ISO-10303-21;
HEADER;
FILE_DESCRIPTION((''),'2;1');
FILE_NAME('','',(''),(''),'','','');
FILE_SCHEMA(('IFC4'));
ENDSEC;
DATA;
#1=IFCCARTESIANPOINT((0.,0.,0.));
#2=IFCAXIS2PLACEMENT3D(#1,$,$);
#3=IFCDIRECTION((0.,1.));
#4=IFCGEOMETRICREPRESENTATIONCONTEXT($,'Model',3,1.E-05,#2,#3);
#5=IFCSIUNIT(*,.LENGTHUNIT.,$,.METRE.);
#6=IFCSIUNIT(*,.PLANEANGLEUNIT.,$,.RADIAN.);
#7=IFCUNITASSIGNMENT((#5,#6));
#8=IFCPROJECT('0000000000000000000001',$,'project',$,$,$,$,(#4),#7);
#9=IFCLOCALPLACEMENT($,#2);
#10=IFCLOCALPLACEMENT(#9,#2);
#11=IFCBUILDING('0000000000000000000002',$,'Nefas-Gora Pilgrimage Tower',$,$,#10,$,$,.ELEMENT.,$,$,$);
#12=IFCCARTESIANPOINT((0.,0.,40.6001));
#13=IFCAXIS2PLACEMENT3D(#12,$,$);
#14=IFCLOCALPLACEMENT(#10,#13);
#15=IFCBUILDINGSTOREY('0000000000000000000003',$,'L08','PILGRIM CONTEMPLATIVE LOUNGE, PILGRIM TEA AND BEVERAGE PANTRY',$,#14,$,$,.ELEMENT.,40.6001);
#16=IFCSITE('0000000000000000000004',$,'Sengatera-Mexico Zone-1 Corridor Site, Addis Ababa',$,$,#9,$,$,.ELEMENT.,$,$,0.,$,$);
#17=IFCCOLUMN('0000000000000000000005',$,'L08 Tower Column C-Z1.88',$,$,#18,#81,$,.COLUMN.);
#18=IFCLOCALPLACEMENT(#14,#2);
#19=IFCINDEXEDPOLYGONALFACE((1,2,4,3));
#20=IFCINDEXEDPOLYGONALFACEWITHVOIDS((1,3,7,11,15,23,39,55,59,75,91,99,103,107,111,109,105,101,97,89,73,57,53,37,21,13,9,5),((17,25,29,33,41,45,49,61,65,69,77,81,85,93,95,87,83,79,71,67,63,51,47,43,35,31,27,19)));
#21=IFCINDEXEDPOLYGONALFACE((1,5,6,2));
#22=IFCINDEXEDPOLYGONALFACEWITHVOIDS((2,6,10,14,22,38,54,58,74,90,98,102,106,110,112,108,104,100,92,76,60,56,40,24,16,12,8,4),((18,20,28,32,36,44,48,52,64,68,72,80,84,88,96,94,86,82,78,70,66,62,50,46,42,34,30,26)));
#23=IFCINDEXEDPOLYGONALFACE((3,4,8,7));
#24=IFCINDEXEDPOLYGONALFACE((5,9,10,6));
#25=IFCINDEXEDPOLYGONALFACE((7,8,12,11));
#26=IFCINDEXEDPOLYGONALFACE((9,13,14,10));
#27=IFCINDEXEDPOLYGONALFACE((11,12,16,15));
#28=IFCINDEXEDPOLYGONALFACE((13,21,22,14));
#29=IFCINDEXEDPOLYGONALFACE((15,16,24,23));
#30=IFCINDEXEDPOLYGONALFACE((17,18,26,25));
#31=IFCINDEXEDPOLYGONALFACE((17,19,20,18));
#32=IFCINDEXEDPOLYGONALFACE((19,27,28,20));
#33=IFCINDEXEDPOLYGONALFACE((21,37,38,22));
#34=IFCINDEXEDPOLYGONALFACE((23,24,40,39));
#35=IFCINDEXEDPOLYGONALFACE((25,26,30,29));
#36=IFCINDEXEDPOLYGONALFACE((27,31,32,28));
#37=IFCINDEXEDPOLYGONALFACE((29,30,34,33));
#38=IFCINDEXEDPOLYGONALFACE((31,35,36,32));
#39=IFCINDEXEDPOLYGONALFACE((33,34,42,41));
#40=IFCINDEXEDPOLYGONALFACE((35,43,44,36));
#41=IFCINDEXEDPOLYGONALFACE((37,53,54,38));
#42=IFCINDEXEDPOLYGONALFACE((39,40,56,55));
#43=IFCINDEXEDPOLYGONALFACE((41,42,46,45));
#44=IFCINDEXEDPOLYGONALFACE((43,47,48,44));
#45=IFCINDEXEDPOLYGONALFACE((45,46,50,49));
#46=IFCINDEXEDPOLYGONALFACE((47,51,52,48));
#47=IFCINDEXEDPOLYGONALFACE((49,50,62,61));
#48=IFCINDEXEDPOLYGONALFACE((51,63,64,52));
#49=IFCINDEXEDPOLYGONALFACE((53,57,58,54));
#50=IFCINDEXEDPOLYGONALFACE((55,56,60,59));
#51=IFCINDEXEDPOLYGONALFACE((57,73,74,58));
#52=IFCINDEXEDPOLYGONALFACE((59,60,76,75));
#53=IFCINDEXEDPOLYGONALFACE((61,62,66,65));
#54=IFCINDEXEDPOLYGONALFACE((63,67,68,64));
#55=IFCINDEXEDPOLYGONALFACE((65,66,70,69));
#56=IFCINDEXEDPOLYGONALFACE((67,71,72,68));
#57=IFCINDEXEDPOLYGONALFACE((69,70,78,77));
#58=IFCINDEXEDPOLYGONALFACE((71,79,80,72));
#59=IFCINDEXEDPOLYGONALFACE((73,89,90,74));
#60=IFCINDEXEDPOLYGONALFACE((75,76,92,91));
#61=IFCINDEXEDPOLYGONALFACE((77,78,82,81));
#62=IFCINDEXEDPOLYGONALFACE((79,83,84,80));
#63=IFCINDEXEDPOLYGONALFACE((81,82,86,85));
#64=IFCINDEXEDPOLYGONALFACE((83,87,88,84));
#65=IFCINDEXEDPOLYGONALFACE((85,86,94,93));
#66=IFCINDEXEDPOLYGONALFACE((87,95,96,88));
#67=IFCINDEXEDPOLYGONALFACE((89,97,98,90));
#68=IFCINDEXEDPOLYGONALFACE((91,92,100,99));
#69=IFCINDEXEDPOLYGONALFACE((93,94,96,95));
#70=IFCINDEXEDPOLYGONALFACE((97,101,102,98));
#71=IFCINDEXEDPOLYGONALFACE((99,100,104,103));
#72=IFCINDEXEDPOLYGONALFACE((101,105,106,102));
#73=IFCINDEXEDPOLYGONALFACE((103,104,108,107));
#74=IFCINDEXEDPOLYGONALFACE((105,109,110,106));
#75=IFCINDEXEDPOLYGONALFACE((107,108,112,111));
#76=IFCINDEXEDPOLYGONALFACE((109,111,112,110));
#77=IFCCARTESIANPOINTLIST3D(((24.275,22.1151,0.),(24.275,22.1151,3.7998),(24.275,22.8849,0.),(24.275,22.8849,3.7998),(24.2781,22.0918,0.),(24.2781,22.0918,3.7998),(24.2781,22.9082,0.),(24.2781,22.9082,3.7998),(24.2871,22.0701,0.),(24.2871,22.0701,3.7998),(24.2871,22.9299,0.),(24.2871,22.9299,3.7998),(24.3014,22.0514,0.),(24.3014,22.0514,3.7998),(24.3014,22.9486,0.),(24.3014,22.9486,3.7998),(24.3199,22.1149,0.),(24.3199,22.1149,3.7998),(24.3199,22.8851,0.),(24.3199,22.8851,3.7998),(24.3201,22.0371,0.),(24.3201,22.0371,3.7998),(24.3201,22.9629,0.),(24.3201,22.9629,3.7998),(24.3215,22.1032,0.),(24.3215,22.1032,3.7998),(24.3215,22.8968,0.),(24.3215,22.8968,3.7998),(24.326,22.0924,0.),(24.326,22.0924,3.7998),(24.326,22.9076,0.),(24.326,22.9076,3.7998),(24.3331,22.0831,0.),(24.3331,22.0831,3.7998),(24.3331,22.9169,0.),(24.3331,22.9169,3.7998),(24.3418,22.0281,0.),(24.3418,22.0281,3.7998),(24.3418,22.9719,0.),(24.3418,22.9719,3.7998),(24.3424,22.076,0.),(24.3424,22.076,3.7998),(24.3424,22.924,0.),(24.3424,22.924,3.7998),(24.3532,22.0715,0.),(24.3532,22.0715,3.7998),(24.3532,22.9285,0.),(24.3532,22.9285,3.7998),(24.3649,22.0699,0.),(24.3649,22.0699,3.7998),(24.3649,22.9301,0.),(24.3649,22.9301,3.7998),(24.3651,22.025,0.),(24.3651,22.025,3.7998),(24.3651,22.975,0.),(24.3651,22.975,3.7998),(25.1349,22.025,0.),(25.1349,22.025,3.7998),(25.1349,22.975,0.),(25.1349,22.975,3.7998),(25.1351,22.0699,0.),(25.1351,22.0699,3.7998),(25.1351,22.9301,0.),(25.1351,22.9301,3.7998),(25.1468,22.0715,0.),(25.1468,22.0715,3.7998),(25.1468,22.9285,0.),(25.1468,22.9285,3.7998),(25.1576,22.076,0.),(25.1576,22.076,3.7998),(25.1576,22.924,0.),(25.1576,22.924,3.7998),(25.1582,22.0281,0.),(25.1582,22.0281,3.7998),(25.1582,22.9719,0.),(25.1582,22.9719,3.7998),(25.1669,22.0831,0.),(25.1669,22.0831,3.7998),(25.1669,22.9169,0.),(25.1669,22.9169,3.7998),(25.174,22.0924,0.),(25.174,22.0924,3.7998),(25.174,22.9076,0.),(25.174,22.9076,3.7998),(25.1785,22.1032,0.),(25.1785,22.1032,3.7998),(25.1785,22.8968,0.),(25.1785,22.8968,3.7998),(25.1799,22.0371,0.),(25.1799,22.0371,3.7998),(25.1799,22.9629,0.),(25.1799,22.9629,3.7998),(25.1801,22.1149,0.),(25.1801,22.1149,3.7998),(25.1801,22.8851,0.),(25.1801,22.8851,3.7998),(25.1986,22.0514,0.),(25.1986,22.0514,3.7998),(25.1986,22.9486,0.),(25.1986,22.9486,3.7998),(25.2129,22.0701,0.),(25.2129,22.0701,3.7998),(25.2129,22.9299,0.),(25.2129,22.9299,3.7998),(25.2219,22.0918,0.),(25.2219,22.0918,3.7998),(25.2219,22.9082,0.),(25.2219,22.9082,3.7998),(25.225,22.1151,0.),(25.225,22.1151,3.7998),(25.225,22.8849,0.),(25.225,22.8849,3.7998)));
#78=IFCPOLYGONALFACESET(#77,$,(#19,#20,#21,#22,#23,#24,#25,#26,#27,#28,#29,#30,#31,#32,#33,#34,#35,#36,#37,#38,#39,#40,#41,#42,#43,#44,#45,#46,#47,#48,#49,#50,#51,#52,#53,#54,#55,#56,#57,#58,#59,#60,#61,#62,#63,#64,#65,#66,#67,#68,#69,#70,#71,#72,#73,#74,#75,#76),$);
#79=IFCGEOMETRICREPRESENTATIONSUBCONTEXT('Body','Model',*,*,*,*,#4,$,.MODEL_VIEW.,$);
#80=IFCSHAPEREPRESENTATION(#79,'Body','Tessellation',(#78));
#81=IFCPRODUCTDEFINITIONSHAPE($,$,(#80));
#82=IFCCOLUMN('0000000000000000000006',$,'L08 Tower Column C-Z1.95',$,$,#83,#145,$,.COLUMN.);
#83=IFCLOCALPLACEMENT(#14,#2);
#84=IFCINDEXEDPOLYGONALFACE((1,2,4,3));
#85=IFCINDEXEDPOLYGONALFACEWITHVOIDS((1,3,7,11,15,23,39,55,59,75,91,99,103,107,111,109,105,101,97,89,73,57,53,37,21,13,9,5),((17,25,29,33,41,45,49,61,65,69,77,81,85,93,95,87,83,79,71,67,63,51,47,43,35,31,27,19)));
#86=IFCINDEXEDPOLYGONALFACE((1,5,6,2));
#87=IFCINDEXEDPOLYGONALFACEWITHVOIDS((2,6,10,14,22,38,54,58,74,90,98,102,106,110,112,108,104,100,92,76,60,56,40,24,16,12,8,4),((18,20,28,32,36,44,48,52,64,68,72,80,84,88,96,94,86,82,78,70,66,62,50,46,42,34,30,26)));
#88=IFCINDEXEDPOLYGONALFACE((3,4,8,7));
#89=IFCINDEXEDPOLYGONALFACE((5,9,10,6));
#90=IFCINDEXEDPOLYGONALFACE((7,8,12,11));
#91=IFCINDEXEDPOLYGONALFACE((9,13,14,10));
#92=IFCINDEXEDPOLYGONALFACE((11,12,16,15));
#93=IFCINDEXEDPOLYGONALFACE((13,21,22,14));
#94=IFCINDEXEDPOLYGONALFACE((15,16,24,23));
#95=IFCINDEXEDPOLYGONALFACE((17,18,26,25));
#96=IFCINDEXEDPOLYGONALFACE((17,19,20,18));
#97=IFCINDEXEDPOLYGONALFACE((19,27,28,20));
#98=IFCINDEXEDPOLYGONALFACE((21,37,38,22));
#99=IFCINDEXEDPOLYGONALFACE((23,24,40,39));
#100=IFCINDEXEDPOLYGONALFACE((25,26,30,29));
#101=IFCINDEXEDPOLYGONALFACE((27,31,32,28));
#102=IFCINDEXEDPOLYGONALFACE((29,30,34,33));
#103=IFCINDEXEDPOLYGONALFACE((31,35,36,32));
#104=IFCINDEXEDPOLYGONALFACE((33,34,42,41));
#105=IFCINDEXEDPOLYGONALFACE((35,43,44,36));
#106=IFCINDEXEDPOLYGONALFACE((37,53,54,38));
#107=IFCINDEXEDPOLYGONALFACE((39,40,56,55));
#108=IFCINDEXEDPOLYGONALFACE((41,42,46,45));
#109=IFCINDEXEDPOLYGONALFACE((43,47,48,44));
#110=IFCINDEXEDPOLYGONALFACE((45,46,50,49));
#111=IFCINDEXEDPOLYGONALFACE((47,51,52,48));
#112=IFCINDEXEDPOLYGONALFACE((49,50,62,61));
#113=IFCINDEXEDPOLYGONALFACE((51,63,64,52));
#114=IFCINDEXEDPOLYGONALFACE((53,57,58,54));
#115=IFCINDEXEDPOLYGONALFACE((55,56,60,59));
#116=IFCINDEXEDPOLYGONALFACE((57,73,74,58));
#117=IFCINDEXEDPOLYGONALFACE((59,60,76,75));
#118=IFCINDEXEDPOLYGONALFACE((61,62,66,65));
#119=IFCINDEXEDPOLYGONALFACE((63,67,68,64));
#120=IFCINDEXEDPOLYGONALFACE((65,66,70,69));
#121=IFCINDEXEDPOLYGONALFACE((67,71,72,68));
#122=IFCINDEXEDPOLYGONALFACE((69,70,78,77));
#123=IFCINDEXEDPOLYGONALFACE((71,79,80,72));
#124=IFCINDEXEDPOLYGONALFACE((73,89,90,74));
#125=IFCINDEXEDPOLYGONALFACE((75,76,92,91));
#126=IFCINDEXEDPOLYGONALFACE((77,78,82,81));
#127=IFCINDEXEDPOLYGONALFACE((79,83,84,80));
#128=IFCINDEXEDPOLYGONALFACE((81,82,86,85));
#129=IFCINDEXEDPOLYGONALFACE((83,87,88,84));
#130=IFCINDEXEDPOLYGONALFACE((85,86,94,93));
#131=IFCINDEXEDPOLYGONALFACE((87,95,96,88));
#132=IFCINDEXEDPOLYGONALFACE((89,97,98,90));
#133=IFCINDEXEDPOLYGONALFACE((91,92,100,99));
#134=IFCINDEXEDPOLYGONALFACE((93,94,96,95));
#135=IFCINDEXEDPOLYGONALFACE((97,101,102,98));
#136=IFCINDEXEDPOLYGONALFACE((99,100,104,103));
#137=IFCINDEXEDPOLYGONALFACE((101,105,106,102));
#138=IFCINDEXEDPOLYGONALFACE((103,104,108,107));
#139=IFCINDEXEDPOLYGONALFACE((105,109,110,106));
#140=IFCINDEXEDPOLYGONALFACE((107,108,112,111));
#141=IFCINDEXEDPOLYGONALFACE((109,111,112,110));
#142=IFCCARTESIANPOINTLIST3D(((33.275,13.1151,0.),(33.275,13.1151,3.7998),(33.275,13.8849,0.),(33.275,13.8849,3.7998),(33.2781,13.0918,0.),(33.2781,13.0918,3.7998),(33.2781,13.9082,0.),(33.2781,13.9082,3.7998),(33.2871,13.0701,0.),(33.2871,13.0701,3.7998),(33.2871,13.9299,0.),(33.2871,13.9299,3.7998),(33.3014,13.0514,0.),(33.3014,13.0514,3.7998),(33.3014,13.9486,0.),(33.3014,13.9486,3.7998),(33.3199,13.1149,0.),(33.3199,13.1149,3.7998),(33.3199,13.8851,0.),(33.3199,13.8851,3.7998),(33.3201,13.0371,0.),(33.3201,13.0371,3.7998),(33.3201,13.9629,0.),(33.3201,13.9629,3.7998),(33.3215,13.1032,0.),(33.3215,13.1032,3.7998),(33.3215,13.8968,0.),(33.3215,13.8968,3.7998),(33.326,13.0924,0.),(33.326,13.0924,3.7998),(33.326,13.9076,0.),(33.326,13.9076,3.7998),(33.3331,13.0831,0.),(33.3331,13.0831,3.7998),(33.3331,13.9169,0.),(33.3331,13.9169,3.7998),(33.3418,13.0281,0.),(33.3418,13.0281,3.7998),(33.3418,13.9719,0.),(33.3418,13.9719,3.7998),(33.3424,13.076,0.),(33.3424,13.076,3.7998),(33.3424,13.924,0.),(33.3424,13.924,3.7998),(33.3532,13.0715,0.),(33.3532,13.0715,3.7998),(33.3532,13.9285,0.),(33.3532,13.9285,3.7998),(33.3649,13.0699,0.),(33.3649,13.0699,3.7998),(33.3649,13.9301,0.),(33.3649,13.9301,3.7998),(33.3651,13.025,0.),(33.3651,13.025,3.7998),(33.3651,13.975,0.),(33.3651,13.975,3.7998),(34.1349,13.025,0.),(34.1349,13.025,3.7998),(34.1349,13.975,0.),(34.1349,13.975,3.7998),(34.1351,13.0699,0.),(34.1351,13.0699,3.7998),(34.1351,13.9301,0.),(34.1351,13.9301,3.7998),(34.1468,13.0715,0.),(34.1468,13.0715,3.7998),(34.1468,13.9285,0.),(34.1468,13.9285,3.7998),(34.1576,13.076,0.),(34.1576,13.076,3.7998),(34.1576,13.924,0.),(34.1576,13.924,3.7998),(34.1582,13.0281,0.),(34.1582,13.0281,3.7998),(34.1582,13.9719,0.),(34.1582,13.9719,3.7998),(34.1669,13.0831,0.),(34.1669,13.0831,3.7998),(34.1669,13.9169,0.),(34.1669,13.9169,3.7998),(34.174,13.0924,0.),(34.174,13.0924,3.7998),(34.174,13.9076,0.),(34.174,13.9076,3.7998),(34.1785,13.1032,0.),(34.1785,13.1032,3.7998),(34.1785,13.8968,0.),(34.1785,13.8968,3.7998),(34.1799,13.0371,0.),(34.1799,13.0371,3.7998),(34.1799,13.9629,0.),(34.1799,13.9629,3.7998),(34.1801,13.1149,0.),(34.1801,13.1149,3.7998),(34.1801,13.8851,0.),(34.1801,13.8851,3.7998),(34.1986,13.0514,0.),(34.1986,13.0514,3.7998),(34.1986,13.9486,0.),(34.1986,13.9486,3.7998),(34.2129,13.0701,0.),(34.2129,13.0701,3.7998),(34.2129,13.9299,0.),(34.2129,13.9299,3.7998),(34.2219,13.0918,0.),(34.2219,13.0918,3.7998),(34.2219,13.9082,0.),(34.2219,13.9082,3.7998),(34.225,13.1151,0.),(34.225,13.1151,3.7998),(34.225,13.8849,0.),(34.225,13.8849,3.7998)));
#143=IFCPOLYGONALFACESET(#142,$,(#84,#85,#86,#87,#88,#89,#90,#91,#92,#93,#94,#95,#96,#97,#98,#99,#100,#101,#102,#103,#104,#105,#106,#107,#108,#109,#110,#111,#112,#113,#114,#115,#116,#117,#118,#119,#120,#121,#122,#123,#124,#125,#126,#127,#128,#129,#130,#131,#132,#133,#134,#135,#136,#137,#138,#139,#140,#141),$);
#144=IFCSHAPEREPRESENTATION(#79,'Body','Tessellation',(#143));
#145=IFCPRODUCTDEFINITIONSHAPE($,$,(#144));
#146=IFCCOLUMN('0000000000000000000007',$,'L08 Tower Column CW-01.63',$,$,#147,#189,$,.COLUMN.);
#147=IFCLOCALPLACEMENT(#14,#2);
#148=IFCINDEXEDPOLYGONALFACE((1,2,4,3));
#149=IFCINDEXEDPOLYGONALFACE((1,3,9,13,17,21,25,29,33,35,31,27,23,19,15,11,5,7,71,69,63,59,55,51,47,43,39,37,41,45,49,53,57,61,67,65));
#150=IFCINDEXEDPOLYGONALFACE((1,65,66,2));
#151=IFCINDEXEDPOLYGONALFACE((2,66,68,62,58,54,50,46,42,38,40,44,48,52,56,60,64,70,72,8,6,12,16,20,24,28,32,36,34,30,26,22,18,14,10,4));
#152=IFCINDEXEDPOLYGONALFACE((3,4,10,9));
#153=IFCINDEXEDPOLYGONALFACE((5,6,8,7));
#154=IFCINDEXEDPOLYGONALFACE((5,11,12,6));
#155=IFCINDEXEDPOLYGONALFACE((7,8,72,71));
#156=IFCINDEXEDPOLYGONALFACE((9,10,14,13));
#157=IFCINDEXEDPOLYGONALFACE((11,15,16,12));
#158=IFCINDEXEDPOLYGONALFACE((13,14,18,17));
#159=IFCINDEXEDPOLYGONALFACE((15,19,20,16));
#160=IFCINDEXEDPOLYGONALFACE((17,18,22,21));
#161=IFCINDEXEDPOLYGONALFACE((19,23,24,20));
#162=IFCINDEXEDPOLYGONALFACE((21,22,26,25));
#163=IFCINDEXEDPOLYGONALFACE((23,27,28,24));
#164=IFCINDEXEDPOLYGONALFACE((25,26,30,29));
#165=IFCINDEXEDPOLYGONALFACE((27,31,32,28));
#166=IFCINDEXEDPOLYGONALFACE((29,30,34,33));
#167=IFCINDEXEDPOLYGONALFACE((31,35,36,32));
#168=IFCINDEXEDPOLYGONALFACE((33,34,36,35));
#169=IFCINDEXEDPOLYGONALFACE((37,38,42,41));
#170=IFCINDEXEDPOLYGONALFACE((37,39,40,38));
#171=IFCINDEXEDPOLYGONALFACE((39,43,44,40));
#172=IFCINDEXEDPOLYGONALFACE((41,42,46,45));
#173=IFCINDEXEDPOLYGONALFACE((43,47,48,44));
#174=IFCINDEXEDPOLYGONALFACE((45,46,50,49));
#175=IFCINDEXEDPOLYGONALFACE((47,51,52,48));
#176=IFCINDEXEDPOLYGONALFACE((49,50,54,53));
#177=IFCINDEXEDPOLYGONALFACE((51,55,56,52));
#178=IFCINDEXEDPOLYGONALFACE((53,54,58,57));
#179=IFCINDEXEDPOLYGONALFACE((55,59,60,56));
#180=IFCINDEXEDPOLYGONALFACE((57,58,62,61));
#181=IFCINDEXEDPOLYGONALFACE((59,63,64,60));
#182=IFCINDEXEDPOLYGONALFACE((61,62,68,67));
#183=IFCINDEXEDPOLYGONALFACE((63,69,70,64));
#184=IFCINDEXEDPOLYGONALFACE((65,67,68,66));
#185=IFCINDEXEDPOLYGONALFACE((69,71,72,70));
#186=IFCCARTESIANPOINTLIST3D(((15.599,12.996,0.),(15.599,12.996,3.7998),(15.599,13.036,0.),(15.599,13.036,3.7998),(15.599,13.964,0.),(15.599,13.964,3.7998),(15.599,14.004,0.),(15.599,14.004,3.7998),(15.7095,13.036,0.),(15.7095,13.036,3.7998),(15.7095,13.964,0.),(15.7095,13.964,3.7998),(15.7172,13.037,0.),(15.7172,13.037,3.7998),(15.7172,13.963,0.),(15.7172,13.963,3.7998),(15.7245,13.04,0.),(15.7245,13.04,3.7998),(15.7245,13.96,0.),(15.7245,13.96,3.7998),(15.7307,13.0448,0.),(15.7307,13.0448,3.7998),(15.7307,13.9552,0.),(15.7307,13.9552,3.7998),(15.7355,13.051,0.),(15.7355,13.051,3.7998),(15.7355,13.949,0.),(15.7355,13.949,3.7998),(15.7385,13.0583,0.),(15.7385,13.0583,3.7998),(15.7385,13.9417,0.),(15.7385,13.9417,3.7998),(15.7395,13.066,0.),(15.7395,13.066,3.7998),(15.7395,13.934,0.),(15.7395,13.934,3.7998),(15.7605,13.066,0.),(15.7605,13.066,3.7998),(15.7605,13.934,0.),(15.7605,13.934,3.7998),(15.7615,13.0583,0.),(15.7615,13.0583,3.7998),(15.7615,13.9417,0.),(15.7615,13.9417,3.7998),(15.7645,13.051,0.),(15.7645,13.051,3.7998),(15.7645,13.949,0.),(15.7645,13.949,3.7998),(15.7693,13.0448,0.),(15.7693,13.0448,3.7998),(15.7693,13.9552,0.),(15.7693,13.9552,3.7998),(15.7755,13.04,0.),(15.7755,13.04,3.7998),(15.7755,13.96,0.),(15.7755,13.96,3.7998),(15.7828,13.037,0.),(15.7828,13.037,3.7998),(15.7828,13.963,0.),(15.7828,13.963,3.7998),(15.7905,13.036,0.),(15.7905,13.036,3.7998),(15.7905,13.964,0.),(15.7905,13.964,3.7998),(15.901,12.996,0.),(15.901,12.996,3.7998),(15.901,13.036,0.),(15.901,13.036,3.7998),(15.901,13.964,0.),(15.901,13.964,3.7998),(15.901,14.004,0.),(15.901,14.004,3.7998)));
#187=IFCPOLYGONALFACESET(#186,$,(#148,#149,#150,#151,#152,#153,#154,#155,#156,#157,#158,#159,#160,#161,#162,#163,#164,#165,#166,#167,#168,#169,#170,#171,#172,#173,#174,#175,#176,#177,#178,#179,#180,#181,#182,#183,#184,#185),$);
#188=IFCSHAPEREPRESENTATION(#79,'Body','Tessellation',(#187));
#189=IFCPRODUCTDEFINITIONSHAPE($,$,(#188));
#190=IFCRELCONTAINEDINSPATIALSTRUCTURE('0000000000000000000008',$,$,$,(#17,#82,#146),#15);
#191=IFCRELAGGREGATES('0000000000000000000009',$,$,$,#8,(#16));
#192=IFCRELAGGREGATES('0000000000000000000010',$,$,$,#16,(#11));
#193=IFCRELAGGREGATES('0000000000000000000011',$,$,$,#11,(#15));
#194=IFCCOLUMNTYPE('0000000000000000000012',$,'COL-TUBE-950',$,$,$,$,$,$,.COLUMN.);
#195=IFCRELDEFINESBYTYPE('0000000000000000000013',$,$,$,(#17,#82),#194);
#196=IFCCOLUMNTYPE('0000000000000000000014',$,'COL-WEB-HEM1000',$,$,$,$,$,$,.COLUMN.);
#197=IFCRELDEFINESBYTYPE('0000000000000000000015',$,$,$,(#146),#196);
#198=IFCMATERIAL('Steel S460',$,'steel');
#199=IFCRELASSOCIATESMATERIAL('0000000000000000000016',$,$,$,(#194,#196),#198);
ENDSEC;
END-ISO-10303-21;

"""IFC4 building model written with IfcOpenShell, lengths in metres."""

from ifc_helpers import new_model, si_unit, direction, frame, origin, origin_2d, place, context, subcontext, project, spatial, hollow_rectangle, i_section, extrude, source, transform, mapped, material, material_profile, profile_set, type_object, element, save


model = new_model("IFC4")

# Units and contexts
model_context = context("Model", 3, precision=1e-05, world=origin(), true_north=direction((0.0, 1.0)))
body_context = subcontext(model_context, "Body", "Model", "MODEL_VIEW")
ifc_project = project(units=[si_unit("LENGTHUNIT", "METRE"), si_unit("PLANEANGLEUNIT", "RADIAN")], contexts=[model_context])

# Site, building, storey
site_placement = place(None, origin())
site = spatial("IfcSite", under=ifc_project, at=site_placement, Name="Sengatera-Mexico Zone-1 Corridor Site, Addis Ababa", CompositionType="ELEMENT", RefElevation=0.0)
building_placement = place(site_placement, origin())
building = spatial("IfcBuilding", under=site, at=building_placement, Name="Nefas-Gora Pilgrimage Tower", CompositionType="ELEMENT")
storey_placement = place(building_placement, frame((0.0, 0.0, 40.6001)))
storey = spatial("IfcBuildingStorey", under=building, at=storey_placement, Name="L08", Description="PILGRIM CONTEMPLATIVE LOUNGE, PILGRIM TEA AND BEVERAGE PANTRY", CompositionType="ELEMENT", Elevation=40.6001)

# Columns
ifc_material_1 = material(Name="Steel S460", Category="steel")
ifc_material_profile_1 = material_profile(ifc_material_1, hollow_rectangle(XDim=0.95, YDim=0.95, WallThickness=0.0449, InnerFilletRadius=0.0449, OuterFilletRadius=0.0901, at=origin_2d()), Name="BOX 950x950x45")
ifc_profile_set_1 = profile_set([ifc_material_profile_1], Name="Steel S460")
column_type_1 = type_object("IfcColumnType", Name="COL-TUBE-950", PredefinedType="COLUMN", material=ifc_profile_set_1)
shared_shape_1 = source(origin(), body_context, "Body", "SweptSolid", [
    extrude(hollow_rectangle(XDim=0.95, YDim=0.95, WallThickness=0.0449, InnerFilletRadius=0.0449, OuterFilletRadius=0.0901, at=origin_2d()), origin(), (0.0, 0.0, 1.0), 3.7998),
])
for number, where, z_axis, x_axis, name in (
    (1, (24.75, 22.5, 0.0), (0.0, 0.0, 1.0), (1.0, 0.0, 0.0), "L08 Tower Column C-Z1.88"),
    (2, (33.75, 13.5, 0.0), (0.0, 0.0, 1.0), (1.0, 0.0, 0.0), "L08 Tower Column C-Z1.95"),
):
    element("IfcColumn", number, at=place(storey_placement, frame(where, z_axis=z_axis, x_axis=x_axis)), inside=storey, type_object=column_type_1, Name=name, PredefinedType="COLUMN", context=body_context, shape_type="MappedRepresentation", body=[
        mapped(shared_shape_1, transform((0.0, 0.0, 0.0), x_axis=(1.0, 0.0, 0.0), y_axis=(0.0, 1.0, 0.0), z_axis=(0.0, 0.0, 1.0), scale=1.0)),
    ])
ifc_material_profile_2 = material_profile(ifc_material_1, i_section(OverallWidth=0.302, OverallDepth=1.0081, WebThickness=0.021, FlangeThickness=0.04, FilletRadius=0.03, at=origin_2d()), Name="HEM 1000")
ifc_profile_set_2 = profile_set([ifc_material_profile_2], Name="Steel S460")
column_type_2 = type_object("IfcColumnType", Name="COL-WEB-HEM1000", PredefinedType="COLUMN", material=ifc_profile_set_2)
shared_shape_2 = source(origin(), body_context, "Body", "SweptSolid", [
    extrude(i_section(OverallWidth=0.302, OverallDepth=1.0081, WebThickness=0.021, FlangeThickness=0.04, FilletRadius=0.03, at=origin_2d()), origin(), (0.0, 0.0, 1.0), 3.7998),
])
for number, where, z_axis, x_axis, name in (
    (3, (15.75, 13.5, 0.0), (0.0, 0.0, 1.0), (1.0, 0.0, 0.0), "L08 Tower Column CW-01.63"),
):
    element("IfcColumn", number, at=place(storey_placement, frame(where, z_axis=z_axis, x_axis=x_axis)), inside=storey, type_object=column_type_2, Name=name, PredefinedType="COLUMN", context=body_context, shape_type="MappedRepresentation", body=[
        mapped(shared_shape_2, transform((0.0, 0.0, 0.0), x_axis=(1.0, 0.0, 0.0), y_axis=(0.0, 1.0, 0.0), z_axis=(0.0, 0.0, 1.0), scale=1.0)),
    ])

save(model, "model.ifc")
